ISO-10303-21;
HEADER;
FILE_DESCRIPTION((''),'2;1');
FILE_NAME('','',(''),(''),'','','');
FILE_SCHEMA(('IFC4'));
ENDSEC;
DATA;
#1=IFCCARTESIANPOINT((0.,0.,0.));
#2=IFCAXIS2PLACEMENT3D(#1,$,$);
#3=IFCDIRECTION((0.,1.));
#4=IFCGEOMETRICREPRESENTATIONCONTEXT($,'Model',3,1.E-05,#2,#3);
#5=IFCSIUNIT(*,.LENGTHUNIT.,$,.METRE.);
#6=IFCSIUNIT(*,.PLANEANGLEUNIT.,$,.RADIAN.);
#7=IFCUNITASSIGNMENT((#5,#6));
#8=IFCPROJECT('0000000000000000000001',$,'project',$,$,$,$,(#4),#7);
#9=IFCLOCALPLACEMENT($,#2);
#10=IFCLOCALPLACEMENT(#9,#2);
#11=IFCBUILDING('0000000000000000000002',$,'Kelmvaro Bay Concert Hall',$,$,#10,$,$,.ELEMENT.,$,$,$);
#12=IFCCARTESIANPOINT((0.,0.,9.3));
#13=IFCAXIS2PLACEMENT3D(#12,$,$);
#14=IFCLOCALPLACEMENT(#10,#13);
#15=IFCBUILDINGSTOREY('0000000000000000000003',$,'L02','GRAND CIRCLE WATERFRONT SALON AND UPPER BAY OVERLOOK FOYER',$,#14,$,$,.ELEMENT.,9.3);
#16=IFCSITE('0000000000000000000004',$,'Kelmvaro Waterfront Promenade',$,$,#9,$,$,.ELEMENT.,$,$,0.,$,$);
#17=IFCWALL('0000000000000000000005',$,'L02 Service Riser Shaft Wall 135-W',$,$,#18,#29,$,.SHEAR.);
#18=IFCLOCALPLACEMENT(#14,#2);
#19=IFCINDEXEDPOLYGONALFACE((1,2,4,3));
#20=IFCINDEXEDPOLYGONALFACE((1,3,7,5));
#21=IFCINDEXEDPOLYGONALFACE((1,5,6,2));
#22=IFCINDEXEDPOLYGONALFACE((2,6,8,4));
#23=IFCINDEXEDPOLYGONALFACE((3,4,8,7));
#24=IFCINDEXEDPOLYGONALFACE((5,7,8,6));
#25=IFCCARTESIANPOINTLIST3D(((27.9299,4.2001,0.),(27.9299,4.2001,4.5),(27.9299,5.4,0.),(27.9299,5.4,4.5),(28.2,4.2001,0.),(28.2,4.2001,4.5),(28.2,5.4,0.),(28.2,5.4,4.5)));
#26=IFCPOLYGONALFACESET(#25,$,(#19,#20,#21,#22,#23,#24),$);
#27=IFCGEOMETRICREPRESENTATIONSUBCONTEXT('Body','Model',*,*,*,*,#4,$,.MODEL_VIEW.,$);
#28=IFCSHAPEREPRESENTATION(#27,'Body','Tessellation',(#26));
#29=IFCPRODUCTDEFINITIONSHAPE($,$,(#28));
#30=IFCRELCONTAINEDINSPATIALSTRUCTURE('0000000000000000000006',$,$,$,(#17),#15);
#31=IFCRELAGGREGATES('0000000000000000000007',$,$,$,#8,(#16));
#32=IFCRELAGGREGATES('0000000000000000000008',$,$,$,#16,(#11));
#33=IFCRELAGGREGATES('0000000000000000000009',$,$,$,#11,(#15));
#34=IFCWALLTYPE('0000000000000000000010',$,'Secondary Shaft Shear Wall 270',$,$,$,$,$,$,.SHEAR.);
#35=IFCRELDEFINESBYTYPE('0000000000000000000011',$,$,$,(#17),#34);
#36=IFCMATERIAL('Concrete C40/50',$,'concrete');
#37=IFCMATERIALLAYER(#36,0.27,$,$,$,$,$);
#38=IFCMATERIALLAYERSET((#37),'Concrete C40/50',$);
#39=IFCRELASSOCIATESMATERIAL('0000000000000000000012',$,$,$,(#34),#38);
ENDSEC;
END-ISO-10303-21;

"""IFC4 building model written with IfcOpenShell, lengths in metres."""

from ifc_helpers import new_model, si_unit, direction, frame, frame_2d, origin, place, context, subcontext, project, spatial, rectangle, extrude, material, layer, layer_set, type_object, element, save


model = new_model("IFC4")

# Units and contexts
model_context = context("Model", 3, precision=1e-05, world=origin(), true_north=direction((0.0, 1.0)))
body_context = subcontext(model_context, "Body", "Model", "MODEL_VIEW")
ifc_project = project(units=[si_unit("LENGTHUNIT", "METRE"), si_unit("PLANEANGLEUNIT", "RADIAN")], contexts=[model_context])

# Site, building, storey
site_placement = place(None, origin())
site = spatial("IfcSite", under=ifc_project, at=site_placement, Name="Kelmvaro Waterfront Promenade", CompositionType="ELEMENT", RefElevation=0.0)
building_placement = place(site_placement, origin())
building = spatial("IfcBuilding", under=site, at=building_placement, Name="Kelmvaro Bay Concert Hall", CompositionType="ELEMENT")
storey_placement = place(building_placement, frame((0.0, 0.0, 9.3)))
storey = spatial("IfcBuildingStorey", under=building, at=storey_placement, Name="L02", Description="GRAND CIRCLE WATERFRONT SALON AND UPPER BAY OVERLOOK FOYER", CompositionType="ELEMENT", Elevation=9.3)

# Wall
ifc_material_1 = material(Name="Concrete C40/50", Category="concrete")
ifc_layer_1 = layer(ifc_material_1, 0.27)
ifc_layer_set_1 = layer_set([ifc_layer_1], Name="Concrete C40/50")
wall_type_1 = type_object("IfcWallType", Name="Secondary Shaft Shear Wall 270", PredefinedType="SHEAR", material=ifc_layer_set_1)
wall_1_placement = place(storey_placement, frame((28.0649, 4.2, 0.0), z_axis=(0.0, 0.0, 1.0), x_axis=(0.0, 1.0, 0.0)))
element("IfcWall", 1, at=wall_1_placement, inside=storey, type_object=wall_type_1, Name="L02 Service Riser Shaft Wall 135-W", PredefinedType="SHEAR", context=body_context, shape_type="SweptSolid", body=[
    extrude(rectangle(XDim=1.2, YDim=0.27, at=frame_2d((0.6001, 0.0))), origin(), (0.0, 0.0, 1.0), 4.5),
])

save(model, "model.ifc")
